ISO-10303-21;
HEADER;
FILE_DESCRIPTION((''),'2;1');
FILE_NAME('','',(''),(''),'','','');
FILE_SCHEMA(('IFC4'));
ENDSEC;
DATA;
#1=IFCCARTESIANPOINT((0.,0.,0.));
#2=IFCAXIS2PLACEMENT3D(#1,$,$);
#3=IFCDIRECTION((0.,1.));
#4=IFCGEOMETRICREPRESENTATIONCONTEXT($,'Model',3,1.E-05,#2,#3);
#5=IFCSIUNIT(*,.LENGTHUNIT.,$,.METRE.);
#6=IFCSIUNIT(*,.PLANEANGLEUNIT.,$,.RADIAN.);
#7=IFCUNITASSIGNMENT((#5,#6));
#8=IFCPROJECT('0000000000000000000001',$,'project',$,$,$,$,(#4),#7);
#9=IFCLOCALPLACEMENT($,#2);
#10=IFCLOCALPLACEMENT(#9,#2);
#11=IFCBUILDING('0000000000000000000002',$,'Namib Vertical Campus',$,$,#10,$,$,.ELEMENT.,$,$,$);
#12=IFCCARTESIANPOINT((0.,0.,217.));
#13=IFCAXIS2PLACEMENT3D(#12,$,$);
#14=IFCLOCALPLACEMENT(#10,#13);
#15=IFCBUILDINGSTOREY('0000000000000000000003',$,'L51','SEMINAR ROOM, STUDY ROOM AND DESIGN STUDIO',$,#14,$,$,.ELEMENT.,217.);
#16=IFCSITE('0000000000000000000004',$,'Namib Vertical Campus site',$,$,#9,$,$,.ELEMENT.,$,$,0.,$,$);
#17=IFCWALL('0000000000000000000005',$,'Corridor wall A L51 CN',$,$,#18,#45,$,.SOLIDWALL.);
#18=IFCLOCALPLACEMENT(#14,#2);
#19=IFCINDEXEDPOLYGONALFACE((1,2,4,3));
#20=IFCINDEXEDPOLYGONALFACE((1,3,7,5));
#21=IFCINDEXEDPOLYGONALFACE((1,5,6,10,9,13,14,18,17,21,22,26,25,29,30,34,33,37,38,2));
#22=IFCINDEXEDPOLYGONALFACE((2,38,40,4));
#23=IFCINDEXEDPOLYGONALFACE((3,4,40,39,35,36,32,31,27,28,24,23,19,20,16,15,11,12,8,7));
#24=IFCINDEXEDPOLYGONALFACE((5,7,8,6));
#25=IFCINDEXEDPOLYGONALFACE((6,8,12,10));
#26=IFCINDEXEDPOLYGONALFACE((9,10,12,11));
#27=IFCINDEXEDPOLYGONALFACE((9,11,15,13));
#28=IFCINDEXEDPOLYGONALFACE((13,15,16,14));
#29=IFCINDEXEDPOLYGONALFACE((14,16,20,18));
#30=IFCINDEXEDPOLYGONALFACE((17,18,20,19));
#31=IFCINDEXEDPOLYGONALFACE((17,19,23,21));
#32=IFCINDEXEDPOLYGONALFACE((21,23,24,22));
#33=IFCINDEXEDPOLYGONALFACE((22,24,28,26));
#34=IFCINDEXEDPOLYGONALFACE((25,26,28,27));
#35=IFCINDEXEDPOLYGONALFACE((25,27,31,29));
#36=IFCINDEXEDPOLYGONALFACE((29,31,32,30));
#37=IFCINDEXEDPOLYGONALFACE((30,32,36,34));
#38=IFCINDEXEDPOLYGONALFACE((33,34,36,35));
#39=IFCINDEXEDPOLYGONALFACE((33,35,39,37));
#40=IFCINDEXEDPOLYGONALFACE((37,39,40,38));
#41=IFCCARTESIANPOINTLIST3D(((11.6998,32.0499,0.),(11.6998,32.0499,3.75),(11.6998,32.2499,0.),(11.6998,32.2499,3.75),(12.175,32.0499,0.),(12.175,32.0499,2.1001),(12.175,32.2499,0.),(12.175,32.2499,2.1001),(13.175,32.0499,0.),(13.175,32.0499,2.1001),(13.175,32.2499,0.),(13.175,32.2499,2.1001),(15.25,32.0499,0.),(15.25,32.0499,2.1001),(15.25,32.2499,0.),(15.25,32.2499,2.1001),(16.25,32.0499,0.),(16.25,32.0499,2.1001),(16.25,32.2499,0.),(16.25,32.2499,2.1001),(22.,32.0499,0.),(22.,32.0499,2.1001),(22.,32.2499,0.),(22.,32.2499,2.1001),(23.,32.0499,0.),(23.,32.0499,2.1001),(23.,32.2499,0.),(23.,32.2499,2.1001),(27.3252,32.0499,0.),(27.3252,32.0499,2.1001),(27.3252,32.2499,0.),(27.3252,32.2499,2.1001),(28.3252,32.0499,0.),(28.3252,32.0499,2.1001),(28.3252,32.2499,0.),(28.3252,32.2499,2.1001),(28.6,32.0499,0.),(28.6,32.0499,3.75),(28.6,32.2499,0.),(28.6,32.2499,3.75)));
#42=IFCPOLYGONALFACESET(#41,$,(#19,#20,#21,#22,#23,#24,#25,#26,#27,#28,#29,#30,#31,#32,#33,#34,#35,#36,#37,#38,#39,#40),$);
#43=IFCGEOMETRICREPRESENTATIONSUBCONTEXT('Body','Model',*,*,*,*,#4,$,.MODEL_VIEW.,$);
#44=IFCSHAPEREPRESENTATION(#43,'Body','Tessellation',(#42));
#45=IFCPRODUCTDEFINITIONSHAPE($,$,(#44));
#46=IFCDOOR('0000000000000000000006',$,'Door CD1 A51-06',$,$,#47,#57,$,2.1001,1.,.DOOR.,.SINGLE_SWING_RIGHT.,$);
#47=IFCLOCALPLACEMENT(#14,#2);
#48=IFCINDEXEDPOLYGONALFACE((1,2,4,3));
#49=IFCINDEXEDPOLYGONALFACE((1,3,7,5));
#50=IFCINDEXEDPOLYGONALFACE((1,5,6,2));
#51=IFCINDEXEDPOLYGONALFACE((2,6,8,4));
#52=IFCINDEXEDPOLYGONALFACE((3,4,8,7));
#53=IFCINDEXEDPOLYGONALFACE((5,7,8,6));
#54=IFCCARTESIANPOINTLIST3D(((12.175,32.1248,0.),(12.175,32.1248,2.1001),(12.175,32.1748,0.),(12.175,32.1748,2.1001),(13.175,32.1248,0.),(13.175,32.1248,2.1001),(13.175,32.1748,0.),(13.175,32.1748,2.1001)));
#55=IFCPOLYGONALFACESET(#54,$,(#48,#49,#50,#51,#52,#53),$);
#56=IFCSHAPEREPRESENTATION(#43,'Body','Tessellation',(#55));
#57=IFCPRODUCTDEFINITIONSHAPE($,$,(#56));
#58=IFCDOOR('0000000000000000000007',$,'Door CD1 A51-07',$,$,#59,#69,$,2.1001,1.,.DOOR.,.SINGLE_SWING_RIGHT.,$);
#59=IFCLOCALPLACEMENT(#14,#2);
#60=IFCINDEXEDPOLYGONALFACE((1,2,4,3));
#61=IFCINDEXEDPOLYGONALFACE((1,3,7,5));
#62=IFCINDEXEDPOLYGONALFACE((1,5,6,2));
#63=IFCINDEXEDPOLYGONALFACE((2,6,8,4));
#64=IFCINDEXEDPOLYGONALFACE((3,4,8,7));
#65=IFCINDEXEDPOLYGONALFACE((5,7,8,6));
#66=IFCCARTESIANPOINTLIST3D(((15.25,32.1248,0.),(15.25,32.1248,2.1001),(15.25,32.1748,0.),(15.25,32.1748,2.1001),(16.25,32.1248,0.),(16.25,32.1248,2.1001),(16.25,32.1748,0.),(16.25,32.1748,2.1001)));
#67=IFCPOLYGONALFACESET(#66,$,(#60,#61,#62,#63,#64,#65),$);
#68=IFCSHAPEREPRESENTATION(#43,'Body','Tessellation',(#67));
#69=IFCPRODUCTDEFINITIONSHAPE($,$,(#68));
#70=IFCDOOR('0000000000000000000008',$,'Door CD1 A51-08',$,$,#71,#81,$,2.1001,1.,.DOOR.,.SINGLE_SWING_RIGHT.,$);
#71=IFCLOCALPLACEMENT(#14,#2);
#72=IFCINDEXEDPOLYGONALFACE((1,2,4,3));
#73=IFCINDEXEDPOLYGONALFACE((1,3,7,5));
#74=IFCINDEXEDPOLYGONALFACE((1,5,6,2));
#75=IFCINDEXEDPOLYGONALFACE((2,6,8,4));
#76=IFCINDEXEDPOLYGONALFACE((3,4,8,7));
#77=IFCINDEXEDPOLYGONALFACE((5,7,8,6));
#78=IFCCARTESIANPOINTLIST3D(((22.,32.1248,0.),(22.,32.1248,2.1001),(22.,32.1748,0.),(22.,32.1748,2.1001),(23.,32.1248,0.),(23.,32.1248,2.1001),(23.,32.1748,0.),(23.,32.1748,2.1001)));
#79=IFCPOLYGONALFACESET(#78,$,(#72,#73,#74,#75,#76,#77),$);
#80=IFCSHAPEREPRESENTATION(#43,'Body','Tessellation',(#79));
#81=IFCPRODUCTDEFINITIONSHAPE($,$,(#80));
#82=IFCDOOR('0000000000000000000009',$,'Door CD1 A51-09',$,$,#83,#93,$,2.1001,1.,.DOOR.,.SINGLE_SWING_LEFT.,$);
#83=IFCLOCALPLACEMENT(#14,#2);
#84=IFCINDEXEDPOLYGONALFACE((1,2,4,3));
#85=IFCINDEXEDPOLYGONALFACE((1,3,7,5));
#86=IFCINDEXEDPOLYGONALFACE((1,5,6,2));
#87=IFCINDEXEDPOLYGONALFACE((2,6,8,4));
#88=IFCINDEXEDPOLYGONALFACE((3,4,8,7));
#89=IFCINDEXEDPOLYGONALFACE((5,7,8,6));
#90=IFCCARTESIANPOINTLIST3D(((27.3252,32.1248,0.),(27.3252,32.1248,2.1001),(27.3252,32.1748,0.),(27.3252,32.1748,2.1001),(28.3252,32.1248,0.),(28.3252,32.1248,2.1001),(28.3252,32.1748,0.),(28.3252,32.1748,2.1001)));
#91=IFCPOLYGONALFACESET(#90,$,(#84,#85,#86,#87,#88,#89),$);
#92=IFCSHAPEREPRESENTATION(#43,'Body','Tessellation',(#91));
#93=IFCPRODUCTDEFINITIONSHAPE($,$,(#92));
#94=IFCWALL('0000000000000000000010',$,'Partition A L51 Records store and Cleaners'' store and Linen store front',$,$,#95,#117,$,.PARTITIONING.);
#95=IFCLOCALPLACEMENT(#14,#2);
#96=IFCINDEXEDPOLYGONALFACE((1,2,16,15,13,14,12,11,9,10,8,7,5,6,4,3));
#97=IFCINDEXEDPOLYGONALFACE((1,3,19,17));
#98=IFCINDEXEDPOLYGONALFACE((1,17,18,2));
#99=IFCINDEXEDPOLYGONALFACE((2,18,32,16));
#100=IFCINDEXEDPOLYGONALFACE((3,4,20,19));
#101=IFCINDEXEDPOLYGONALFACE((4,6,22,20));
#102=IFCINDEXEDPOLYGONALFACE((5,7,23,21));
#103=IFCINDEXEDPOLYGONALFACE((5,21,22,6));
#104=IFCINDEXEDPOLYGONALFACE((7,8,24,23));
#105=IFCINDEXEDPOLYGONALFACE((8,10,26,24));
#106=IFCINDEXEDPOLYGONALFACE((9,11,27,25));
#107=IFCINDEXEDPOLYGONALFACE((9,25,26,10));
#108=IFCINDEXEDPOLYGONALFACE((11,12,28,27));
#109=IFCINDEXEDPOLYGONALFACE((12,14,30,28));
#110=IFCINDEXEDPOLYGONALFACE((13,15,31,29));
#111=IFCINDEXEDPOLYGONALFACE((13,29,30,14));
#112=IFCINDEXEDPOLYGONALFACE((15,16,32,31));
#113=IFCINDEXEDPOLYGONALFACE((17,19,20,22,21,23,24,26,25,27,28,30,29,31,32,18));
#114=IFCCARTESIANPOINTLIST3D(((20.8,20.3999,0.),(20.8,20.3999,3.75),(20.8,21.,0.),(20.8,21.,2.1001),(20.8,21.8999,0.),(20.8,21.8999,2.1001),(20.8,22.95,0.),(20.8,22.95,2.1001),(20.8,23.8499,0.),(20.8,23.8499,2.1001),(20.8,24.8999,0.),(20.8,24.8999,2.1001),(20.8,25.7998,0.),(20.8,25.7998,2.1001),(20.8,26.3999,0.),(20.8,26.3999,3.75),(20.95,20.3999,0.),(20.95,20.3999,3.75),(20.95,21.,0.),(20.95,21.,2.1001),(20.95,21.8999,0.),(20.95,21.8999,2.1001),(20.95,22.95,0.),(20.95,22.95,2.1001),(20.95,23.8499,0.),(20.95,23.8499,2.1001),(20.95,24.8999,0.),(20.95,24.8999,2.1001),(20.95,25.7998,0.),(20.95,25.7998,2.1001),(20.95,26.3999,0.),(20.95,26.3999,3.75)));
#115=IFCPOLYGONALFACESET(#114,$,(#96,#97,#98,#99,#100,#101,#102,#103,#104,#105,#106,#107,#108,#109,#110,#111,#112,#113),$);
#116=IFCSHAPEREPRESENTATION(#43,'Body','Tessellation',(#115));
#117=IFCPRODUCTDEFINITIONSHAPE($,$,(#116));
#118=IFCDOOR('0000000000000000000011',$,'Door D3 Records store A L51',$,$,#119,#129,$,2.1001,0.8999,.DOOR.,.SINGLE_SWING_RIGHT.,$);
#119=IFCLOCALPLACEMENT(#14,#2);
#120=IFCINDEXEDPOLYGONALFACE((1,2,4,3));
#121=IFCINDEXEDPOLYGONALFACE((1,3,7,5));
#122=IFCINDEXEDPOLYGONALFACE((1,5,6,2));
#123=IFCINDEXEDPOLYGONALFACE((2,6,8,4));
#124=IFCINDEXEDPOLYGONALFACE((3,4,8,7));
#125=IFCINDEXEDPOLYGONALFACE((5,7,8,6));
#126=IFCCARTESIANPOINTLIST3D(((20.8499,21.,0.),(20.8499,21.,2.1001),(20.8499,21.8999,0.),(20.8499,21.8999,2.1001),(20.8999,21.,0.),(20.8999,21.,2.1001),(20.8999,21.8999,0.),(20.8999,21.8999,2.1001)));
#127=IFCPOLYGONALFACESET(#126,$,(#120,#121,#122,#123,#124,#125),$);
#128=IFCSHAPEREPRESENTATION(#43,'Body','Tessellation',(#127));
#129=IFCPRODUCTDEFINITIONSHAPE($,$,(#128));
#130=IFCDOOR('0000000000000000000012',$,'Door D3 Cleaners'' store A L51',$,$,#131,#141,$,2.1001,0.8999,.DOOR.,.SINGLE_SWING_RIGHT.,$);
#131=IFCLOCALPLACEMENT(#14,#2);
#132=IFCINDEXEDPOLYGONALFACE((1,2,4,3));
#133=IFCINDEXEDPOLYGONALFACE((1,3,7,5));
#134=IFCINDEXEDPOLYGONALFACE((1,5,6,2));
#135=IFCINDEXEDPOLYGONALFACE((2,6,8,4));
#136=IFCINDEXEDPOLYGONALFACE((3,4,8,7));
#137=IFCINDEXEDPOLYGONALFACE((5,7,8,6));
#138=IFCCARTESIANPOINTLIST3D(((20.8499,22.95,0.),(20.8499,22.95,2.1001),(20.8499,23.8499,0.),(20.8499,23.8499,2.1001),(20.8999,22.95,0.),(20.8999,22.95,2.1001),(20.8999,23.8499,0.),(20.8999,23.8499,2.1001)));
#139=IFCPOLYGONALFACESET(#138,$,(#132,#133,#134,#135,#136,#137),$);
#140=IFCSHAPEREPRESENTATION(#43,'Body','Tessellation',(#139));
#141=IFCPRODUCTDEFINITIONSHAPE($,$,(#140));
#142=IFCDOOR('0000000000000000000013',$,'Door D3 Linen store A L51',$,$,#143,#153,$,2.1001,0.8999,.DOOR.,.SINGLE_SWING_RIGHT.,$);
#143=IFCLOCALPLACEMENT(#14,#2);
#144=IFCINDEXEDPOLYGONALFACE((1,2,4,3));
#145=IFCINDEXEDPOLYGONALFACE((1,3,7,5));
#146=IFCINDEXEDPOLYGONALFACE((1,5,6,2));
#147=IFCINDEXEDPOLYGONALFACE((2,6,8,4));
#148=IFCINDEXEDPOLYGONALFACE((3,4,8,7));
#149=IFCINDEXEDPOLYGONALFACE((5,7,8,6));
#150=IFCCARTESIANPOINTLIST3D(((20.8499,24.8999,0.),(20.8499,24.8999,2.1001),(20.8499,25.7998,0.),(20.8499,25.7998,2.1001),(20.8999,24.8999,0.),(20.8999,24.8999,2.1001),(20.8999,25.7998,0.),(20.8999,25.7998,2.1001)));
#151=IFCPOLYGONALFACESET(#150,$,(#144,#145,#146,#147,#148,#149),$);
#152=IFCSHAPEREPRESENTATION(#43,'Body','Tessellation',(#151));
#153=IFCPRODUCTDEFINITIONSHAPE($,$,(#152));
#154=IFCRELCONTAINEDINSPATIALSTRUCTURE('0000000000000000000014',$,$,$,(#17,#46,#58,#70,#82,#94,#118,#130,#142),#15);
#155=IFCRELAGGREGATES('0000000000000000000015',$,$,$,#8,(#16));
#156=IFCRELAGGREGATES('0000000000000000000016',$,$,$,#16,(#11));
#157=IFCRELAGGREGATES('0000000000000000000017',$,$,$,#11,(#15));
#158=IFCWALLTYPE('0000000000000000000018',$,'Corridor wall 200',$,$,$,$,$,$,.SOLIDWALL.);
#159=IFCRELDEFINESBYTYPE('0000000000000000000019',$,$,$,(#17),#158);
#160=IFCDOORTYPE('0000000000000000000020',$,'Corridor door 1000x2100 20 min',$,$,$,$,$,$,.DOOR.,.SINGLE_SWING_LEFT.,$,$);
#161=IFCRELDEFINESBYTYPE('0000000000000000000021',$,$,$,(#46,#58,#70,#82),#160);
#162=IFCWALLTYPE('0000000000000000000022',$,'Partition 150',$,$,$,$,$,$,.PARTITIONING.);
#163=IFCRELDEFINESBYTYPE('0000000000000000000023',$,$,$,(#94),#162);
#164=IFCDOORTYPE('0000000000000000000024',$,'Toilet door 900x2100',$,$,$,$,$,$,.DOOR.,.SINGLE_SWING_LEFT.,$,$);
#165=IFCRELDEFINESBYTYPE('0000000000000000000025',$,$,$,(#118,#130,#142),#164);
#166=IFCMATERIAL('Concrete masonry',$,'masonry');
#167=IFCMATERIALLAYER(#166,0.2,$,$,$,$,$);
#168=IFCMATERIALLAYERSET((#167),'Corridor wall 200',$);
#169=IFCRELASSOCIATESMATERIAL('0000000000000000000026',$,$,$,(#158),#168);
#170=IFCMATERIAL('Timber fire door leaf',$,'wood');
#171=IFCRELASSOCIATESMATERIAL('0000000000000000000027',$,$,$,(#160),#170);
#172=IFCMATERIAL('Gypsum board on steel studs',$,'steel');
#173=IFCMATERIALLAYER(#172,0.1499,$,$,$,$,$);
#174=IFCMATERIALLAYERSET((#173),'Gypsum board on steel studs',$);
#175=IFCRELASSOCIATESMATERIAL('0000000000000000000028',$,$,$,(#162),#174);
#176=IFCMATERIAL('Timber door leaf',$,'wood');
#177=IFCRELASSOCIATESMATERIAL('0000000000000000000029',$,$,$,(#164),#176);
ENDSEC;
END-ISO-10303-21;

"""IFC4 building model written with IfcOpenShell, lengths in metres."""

from ifc_helpers import new_model, si_unit, direction, frame, frame_2d, origin, place, context, subcontext, project, spatial, rectangle, extrude, material, layer, layer_set, type_object, element, fill, save


model = new_model("IFC4")

# Units and contexts
model_context = context("Model", 3, precision=1e-05, world=origin(), true_north=direction((0.0, 1.0)))
body_context = subcontext(model_context, "Body", "Model", "MODEL_VIEW")
ifc_project = project(units=[si_unit("LENGTHUNIT", "METRE"), si_unit("PLANEANGLEUNIT", "RADIAN")], contexts=[model_context])

# Site, building, storey
site_placement = place(None, origin())
site = spatial("IfcSite", under=ifc_project, at=site_placement, Name="Namib Vertical Campus site", CompositionType="ELEMENT", RefElevation=0.0)
building_placement = place(site_placement, origin())
building = spatial("IfcBuilding", under=site, at=building_placement, Name="Namib Vertical Campus", CompositionType="ELEMENT")
storey_placement = place(building_placement, frame((0.0, 0.0, 217.0)))
storey = spatial("IfcBuildingStorey", under=building, at=storey_placement, Name="L51", Description="SEMINAR ROOM, STUDY ROOM AND DESIGN STUDIO", CompositionType="ELEMENT", Elevation=217.0)

# Walls, openings, doors
ifc_material_1 = material(Name="Concrete masonry", Category="masonry")
ifc_layer_1 = layer(ifc_material_1, 0.2)
ifc_layer_set_1 = layer_set([ifc_layer_1], Name="Corridor wall 200")
wall_type_1 = type_object("IfcWallType", Name="Corridor wall 200", PredefinedType="SOLIDWALL", material=ifc_layer_set_1)
wall_1_placement = place(storey_placement, frame((28.6001, 32.1499, 0.0), z_axis=(0.0, 0.0, 1.0), x_axis=(-1.0, 0.0, 0.0)))
wall_1 = element("IfcWall", 1, at=wall_1_placement, inside=storey, type_object=wall_type_1, Name="Corridor wall A L51 CN", PredefinedType="SOLIDWALL", context=body_context, shape_type="SweptSolid", body=[
    extrude(rectangle(XDim=16.9001, YDim=0.2, at=frame_2d((8.4502, 0.0))), origin(), (0.0, 0.0, 1.0), 3.75),
])
opening_1_placement = place(wall_1_placement, frame((15.425, 0.0, 0.0)))
opening_1 = element("IfcOpeningElement", 2, at=opening_1_placement, cuts=wall_1, PredefinedType="OPENING", context=body_context, shape_type="SweptSolid", body=[
    extrude(rectangle(XDim=1.0, YDim=2.1001, at=frame_2d((0.5, 1.05))), frame((0.0, 0.1099, 0.0), z_axis=(0.0, -1.0, 0.0), x_axis=(1.0, 0.0, 0.0)), (0.0, 0.0, 1.0), 0.22),
])
opening_2_placement = place(wall_1_placement, frame((12.3501, 0.0, 0.0)))
opening_2 = element("IfcOpeningElement", 3, at=opening_2_placement, cuts=wall_1, PredefinedType="OPENING", context=body_context, shape_type="SweptSolid", body=[
    extrude(rectangle(XDim=1.0, YDim=2.1001, at=frame_2d((0.5, 1.05))), frame((0.0, 0.1099, 0.0), z_axis=(0.0, -1.0, 0.0), x_axis=(1.0, 0.0, 0.0)), (0.0, 0.0, 1.0), 0.22),
])
opening_3_placement = place(wall_1_placement, frame((5.6001, 0.0, 0.0)))
opening_3 = element("IfcOpeningElement", 4, at=opening_3_placement, cuts=wall_1, PredefinedType="OPENING", context=body_context, shape_type="SweptSolid", body=[
    extrude(rectangle(XDim=1.0, YDim=2.1001, at=frame_2d((0.5, 1.05))), frame((0.0, 0.1099, 0.0), z_axis=(0.0, -1.0, 0.0), x_axis=(1.0, 0.0, 0.0)), (0.0, 0.0, 1.0), 0.22),
])
opening_4_placement = place(wall_1_placement, frame((0.2749, 0.0, 0.0)))
opening_4 = element("IfcOpeningElement", 5, at=opening_4_placement, cuts=wall_1, PredefinedType="OPENING", context=body_context, shape_type="SweptSolid", body=[
    extrude(rectangle(XDim=1.0, YDim=2.1001, at=frame_2d((0.5, 1.05))), frame((0.0, 0.1099, 0.0), z_axis=(0.0, -1.0, 0.0), x_axis=(1.0, 0.0, 0.0)), (0.0, 0.0, 1.0), 0.22),
])
ifc_material_2 = material(Name="Timber fire door leaf", Category="wood")
door_type_1 = type_object("IfcDoorType", Name="Corridor door 1000x2100 20 min", OperationType="SINGLE_SWING_LEFT", PredefinedType="DOOR", material=ifc_material_2)
door_1_placement = place(opening_1_placement, frame((1.0, 0.0, 0.0), z_axis=(0.0, 0.0, 1.0), x_axis=(-1.0, 0.0, 0.0)))
door_1 = element("IfcDoor", 6, at=door_1_placement, inside=storey, type_object=door_type_1, Name="Door CD1 A51-06", OperationType="SINGLE_SWING_RIGHT", OverallHeight=2.1001, OverallWidth=1.0, PredefinedType="DOOR", context=body_context, shape_type="SweptSolid", body=[
    extrude(rectangle(XDim=1.0, YDim=2.1001, at=frame_2d((0.5, 1.05))), frame((0.0, 0.0249, 0.0), z_axis=(0.0, -1.0, 0.0), x_axis=(1.0, 0.0, 0.0)), (0.0, 0.0, 1.0), 0.05),
])
fill(opening_1, door_1)
door_2_placement = place(opening_2_placement, frame((1.0, 0.0, 0.0), z_axis=(0.0, 0.0, 1.0), x_axis=(-1.0, 0.0, 0.0)))
door_2 = element("IfcDoor", 7, at=door_2_placement, inside=storey, type_object=door_type_1, Name="Door CD1 A51-07", OperationType="SINGLE_SWING_RIGHT", OverallHeight=2.1001, OverallWidth=1.0, PredefinedType="DOOR", context=body_context, shape_type="SweptSolid", body=[
    extrude(rectangle(XDim=1.0, YDim=2.1001, at=frame_2d((0.5, 1.05))), frame((0.0, 0.0249, 0.0), z_axis=(0.0, -1.0, 0.0), x_axis=(1.0, 0.0, 0.0)), (0.0, 0.0, 1.0), 0.05),
])
fill(opening_2, door_2)
door_3_placement = place(opening_3_placement, frame((1.0, 0.0, 0.0), z_axis=(0.0, 0.0, 1.0), x_axis=(-1.0, 0.0, 0.0)))
door_3 = element("IfcDoor", 8, at=door_3_placement, inside=storey, type_object=door_type_1, Name="Door CD1 A51-08", OperationType="SINGLE_SWING_RIGHT", OverallHeight=2.1001, OverallWidth=1.0, PredefinedType="DOOR", context=body_context, shape_type="SweptSolid", body=[
    extrude(rectangle(XDim=1.0, YDim=2.1001, at=frame_2d((0.5, 1.05))), frame((0.0, 0.0249, 0.0), z_axis=(0.0, -1.0, 0.0), x_axis=(1.0, 0.0, 0.0)), (0.0, 0.0, 1.0), 0.05),
])
fill(opening_3, door_3)
door_4_placement = place(opening_4_placement, frame((1.0, 0.0, 0.0), z_axis=(0.0, 0.0, 1.0), x_axis=(-1.0, 0.0, 0.0)))
door_4 = element("IfcDoor", 9, at=door_4_placement, inside=storey, type_object=door_type_1, Name="Door CD1 A51-09", OperationType="SINGLE_SWING_LEFT", OverallHeight=2.1001, OverallWidth=1.0, PredefinedType="DOOR", context=body_context, shape_type="SweptSolid", body=[
    extrude(rectangle(XDim=1.0, YDim=2.1001, at=frame_2d((0.5, 1.05))), frame((0.0, 0.0249, 0.0), z_axis=(0.0, -1.0, 0.0), x_axis=(1.0, 0.0, 0.0)), (0.0, 0.0, 1.0), 0.05),
])
fill(opening_4, door_4)
ifc_material_3 = material(Name="Gypsum board on steel studs", Category="steel")
ifc_layer_2 = layer(ifc_material_3, 0.1499)
ifc_layer_set_2 = layer_set([ifc_layer_2], Name="Gypsum board on steel studs")
wall_type_2 = type_object("IfcWallType", Name="Partition 150", PredefinedType="PARTITIONING", material=ifc_layer_set_2)
wall_2_placement = place(storey_placement, frame((20.875, 20.3999, 0.0), z_axis=(0.0, 0.0, 1.0), x_axis=(0.0, 1.0, 0.0)))
wall_2 = element("IfcWall", 10, at=wall_2_placement, inside=storey, type_object=wall_type_2, Name="Partition A L51 Records store and Cleaners' store and Linen store front", PredefinedType="PARTITIONING", context=body_context, shape_type="SweptSolid", body=[
    extrude(rectangle(XDim=6.0, YDim=0.1499, at=frame_2d((3.0, 0.0))), origin(), (0.0, 0.0, 1.0), 3.75),
])
opening_5_placement = place(wall_2_placement, frame((0.6001, 0.0, 0.0)))
opening_5 = element("IfcOpeningElement", 11, at=opening_5_placement, cuts=wall_2, PredefinedType="OPENING", context=body_context, shape_type="SweptSolid", body=[
    extrude(rectangle(XDim=0.8999, YDim=2.1001, at=frame_2d((0.45, 1.05))), frame((0.0, 0.085, 0.0), z_axis=(0.0, -1.0, 0.0), x_axis=(1.0, 0.0, 0.0)), (0.0, 0.0, 1.0), 0.1699),
])
opening_6_placement = place(wall_2_placement, frame((2.55, 0.0, 0.0)))
opening_6 = element("IfcOpeningElement", 12, at=opening_6_placement, cuts=wall_2, PredefinedType="OPENING", context=body_context, shape_type="SweptSolid", body=[
    extrude(rectangle(XDim=0.8999, YDim=2.1001, at=frame_2d((0.45, 1.05))), frame((0.0, 0.085, 0.0), z_axis=(0.0, -1.0, 0.0), x_axis=(1.0, 0.0, 0.0)), (0.0, 0.0, 1.0), 0.1699),
])
opening_7_placement = place(wall_2_placement, frame((4.5, 0.0, 0.0)))
opening_7 = element("IfcOpeningElement", 13, at=opening_7_placement, cuts=wall_2, PredefinedType="OPENING", context=body_context, shape_type="SweptSolid", body=[
    extrude(rectangle(XDim=0.8999, YDim=2.1001, at=frame_2d((0.45, 1.05))), frame((0.0, 0.085, 0.0), z_axis=(0.0, -1.0, 0.0), x_axis=(1.0, 0.0, 0.0)), (0.0, 0.0, 1.0), 0.1699),
])
ifc_material_4 = material(Name="Timber door leaf", Category="wood")
door_type_2 = type_object("IfcDoorType", Name="Toilet door 900x2100", OperationType="SINGLE_SWING_LEFT", PredefinedType="DOOR", material=ifc_material_4)
door_5_placement = place(opening_5_placement, frame((0.8999, 0.0, 0.0), z_axis=(0.0, 0.0, 1.0), x_axis=(-1.0, 0.0, 0.0)))
door_5 = element("IfcDoor", 14, at=door_5_placement, inside=storey, type_object=door_type_2, Name="Door D3 Records store A L51", OperationType="SINGLE_SWING_RIGHT", OverallHeight=2.1001, OverallWidth=0.8999, PredefinedType="DOOR", context=body_context, shape_type="SweptSolid", body=[
    extrude(rectangle(XDim=0.8999, YDim=2.1001, at=frame_2d((0.45, 1.05))), frame((0.0, 0.0249, 0.0), z_axis=(0.0, -1.0, 0.0), x_axis=(1.0, 0.0, 0.0)), (0.0, 0.0, 1.0), 0.05),
])
fill(opening_5, door_5)
door_6_placement = place(opening_6_placement, frame((0.8999, 0.0, 0.0), z_axis=(0.0, 0.0, 1.0), x_axis=(-1.0, 0.0, 0.0)))
door_6 = element("IfcDoor", 15, at=door_6_placement, inside=storey, type_object=door_type_2, Name="Door D3 Cleaners' store A L51", OperationType="SINGLE_SWING_RIGHT", OverallHeight=2.1001, OverallWidth=0.8999, PredefinedType="DOOR", context=body_context, shape_type="SweptSolid", body=[
    extrude(rectangle(XDim=0.8999, YDim=2.1001, at=frame_2d((0.45, 1.05))), frame((0.0, 0.0249, 0.0), z_axis=(0.0, -1.0, 0.0), x_axis=(1.0, 0.0, 0.0)), (0.0, 0.0, 1.0), 0.05),
])
fill(opening_6, door_6)
door_7_placement = place(opening_7_placement, frame((0.8999, 0.0, 0.0), z_axis=(0.0, 0.0, 1.0), x_axis=(-1.0, 0.0, 0.0)))
door_7 = element("IfcDoor", 16, at=door_7_placement, inside=storey, type_object=door_type_2, Name="Door D3 Linen store A L51", OperationType="SINGLE_SWING_RIGHT", OverallHeight=2.1001, OverallWidth=0.8999, PredefinedType="DOOR", context=body_context, shape_type="SweptSolid", body=[
    extrude(rectangle(XDim=0.8999, YDim=2.1001, at=frame_2d((0.45, 1.05))), frame((0.0, 0.0249, 0.0), z_axis=(0.0, -1.0, 0.0), x_axis=(1.0, 0.0, 0.0)), (0.0, 0.0, 1.0), 0.05),
])
fill(opening_7, door_7)

save(model, "model.ifc")
